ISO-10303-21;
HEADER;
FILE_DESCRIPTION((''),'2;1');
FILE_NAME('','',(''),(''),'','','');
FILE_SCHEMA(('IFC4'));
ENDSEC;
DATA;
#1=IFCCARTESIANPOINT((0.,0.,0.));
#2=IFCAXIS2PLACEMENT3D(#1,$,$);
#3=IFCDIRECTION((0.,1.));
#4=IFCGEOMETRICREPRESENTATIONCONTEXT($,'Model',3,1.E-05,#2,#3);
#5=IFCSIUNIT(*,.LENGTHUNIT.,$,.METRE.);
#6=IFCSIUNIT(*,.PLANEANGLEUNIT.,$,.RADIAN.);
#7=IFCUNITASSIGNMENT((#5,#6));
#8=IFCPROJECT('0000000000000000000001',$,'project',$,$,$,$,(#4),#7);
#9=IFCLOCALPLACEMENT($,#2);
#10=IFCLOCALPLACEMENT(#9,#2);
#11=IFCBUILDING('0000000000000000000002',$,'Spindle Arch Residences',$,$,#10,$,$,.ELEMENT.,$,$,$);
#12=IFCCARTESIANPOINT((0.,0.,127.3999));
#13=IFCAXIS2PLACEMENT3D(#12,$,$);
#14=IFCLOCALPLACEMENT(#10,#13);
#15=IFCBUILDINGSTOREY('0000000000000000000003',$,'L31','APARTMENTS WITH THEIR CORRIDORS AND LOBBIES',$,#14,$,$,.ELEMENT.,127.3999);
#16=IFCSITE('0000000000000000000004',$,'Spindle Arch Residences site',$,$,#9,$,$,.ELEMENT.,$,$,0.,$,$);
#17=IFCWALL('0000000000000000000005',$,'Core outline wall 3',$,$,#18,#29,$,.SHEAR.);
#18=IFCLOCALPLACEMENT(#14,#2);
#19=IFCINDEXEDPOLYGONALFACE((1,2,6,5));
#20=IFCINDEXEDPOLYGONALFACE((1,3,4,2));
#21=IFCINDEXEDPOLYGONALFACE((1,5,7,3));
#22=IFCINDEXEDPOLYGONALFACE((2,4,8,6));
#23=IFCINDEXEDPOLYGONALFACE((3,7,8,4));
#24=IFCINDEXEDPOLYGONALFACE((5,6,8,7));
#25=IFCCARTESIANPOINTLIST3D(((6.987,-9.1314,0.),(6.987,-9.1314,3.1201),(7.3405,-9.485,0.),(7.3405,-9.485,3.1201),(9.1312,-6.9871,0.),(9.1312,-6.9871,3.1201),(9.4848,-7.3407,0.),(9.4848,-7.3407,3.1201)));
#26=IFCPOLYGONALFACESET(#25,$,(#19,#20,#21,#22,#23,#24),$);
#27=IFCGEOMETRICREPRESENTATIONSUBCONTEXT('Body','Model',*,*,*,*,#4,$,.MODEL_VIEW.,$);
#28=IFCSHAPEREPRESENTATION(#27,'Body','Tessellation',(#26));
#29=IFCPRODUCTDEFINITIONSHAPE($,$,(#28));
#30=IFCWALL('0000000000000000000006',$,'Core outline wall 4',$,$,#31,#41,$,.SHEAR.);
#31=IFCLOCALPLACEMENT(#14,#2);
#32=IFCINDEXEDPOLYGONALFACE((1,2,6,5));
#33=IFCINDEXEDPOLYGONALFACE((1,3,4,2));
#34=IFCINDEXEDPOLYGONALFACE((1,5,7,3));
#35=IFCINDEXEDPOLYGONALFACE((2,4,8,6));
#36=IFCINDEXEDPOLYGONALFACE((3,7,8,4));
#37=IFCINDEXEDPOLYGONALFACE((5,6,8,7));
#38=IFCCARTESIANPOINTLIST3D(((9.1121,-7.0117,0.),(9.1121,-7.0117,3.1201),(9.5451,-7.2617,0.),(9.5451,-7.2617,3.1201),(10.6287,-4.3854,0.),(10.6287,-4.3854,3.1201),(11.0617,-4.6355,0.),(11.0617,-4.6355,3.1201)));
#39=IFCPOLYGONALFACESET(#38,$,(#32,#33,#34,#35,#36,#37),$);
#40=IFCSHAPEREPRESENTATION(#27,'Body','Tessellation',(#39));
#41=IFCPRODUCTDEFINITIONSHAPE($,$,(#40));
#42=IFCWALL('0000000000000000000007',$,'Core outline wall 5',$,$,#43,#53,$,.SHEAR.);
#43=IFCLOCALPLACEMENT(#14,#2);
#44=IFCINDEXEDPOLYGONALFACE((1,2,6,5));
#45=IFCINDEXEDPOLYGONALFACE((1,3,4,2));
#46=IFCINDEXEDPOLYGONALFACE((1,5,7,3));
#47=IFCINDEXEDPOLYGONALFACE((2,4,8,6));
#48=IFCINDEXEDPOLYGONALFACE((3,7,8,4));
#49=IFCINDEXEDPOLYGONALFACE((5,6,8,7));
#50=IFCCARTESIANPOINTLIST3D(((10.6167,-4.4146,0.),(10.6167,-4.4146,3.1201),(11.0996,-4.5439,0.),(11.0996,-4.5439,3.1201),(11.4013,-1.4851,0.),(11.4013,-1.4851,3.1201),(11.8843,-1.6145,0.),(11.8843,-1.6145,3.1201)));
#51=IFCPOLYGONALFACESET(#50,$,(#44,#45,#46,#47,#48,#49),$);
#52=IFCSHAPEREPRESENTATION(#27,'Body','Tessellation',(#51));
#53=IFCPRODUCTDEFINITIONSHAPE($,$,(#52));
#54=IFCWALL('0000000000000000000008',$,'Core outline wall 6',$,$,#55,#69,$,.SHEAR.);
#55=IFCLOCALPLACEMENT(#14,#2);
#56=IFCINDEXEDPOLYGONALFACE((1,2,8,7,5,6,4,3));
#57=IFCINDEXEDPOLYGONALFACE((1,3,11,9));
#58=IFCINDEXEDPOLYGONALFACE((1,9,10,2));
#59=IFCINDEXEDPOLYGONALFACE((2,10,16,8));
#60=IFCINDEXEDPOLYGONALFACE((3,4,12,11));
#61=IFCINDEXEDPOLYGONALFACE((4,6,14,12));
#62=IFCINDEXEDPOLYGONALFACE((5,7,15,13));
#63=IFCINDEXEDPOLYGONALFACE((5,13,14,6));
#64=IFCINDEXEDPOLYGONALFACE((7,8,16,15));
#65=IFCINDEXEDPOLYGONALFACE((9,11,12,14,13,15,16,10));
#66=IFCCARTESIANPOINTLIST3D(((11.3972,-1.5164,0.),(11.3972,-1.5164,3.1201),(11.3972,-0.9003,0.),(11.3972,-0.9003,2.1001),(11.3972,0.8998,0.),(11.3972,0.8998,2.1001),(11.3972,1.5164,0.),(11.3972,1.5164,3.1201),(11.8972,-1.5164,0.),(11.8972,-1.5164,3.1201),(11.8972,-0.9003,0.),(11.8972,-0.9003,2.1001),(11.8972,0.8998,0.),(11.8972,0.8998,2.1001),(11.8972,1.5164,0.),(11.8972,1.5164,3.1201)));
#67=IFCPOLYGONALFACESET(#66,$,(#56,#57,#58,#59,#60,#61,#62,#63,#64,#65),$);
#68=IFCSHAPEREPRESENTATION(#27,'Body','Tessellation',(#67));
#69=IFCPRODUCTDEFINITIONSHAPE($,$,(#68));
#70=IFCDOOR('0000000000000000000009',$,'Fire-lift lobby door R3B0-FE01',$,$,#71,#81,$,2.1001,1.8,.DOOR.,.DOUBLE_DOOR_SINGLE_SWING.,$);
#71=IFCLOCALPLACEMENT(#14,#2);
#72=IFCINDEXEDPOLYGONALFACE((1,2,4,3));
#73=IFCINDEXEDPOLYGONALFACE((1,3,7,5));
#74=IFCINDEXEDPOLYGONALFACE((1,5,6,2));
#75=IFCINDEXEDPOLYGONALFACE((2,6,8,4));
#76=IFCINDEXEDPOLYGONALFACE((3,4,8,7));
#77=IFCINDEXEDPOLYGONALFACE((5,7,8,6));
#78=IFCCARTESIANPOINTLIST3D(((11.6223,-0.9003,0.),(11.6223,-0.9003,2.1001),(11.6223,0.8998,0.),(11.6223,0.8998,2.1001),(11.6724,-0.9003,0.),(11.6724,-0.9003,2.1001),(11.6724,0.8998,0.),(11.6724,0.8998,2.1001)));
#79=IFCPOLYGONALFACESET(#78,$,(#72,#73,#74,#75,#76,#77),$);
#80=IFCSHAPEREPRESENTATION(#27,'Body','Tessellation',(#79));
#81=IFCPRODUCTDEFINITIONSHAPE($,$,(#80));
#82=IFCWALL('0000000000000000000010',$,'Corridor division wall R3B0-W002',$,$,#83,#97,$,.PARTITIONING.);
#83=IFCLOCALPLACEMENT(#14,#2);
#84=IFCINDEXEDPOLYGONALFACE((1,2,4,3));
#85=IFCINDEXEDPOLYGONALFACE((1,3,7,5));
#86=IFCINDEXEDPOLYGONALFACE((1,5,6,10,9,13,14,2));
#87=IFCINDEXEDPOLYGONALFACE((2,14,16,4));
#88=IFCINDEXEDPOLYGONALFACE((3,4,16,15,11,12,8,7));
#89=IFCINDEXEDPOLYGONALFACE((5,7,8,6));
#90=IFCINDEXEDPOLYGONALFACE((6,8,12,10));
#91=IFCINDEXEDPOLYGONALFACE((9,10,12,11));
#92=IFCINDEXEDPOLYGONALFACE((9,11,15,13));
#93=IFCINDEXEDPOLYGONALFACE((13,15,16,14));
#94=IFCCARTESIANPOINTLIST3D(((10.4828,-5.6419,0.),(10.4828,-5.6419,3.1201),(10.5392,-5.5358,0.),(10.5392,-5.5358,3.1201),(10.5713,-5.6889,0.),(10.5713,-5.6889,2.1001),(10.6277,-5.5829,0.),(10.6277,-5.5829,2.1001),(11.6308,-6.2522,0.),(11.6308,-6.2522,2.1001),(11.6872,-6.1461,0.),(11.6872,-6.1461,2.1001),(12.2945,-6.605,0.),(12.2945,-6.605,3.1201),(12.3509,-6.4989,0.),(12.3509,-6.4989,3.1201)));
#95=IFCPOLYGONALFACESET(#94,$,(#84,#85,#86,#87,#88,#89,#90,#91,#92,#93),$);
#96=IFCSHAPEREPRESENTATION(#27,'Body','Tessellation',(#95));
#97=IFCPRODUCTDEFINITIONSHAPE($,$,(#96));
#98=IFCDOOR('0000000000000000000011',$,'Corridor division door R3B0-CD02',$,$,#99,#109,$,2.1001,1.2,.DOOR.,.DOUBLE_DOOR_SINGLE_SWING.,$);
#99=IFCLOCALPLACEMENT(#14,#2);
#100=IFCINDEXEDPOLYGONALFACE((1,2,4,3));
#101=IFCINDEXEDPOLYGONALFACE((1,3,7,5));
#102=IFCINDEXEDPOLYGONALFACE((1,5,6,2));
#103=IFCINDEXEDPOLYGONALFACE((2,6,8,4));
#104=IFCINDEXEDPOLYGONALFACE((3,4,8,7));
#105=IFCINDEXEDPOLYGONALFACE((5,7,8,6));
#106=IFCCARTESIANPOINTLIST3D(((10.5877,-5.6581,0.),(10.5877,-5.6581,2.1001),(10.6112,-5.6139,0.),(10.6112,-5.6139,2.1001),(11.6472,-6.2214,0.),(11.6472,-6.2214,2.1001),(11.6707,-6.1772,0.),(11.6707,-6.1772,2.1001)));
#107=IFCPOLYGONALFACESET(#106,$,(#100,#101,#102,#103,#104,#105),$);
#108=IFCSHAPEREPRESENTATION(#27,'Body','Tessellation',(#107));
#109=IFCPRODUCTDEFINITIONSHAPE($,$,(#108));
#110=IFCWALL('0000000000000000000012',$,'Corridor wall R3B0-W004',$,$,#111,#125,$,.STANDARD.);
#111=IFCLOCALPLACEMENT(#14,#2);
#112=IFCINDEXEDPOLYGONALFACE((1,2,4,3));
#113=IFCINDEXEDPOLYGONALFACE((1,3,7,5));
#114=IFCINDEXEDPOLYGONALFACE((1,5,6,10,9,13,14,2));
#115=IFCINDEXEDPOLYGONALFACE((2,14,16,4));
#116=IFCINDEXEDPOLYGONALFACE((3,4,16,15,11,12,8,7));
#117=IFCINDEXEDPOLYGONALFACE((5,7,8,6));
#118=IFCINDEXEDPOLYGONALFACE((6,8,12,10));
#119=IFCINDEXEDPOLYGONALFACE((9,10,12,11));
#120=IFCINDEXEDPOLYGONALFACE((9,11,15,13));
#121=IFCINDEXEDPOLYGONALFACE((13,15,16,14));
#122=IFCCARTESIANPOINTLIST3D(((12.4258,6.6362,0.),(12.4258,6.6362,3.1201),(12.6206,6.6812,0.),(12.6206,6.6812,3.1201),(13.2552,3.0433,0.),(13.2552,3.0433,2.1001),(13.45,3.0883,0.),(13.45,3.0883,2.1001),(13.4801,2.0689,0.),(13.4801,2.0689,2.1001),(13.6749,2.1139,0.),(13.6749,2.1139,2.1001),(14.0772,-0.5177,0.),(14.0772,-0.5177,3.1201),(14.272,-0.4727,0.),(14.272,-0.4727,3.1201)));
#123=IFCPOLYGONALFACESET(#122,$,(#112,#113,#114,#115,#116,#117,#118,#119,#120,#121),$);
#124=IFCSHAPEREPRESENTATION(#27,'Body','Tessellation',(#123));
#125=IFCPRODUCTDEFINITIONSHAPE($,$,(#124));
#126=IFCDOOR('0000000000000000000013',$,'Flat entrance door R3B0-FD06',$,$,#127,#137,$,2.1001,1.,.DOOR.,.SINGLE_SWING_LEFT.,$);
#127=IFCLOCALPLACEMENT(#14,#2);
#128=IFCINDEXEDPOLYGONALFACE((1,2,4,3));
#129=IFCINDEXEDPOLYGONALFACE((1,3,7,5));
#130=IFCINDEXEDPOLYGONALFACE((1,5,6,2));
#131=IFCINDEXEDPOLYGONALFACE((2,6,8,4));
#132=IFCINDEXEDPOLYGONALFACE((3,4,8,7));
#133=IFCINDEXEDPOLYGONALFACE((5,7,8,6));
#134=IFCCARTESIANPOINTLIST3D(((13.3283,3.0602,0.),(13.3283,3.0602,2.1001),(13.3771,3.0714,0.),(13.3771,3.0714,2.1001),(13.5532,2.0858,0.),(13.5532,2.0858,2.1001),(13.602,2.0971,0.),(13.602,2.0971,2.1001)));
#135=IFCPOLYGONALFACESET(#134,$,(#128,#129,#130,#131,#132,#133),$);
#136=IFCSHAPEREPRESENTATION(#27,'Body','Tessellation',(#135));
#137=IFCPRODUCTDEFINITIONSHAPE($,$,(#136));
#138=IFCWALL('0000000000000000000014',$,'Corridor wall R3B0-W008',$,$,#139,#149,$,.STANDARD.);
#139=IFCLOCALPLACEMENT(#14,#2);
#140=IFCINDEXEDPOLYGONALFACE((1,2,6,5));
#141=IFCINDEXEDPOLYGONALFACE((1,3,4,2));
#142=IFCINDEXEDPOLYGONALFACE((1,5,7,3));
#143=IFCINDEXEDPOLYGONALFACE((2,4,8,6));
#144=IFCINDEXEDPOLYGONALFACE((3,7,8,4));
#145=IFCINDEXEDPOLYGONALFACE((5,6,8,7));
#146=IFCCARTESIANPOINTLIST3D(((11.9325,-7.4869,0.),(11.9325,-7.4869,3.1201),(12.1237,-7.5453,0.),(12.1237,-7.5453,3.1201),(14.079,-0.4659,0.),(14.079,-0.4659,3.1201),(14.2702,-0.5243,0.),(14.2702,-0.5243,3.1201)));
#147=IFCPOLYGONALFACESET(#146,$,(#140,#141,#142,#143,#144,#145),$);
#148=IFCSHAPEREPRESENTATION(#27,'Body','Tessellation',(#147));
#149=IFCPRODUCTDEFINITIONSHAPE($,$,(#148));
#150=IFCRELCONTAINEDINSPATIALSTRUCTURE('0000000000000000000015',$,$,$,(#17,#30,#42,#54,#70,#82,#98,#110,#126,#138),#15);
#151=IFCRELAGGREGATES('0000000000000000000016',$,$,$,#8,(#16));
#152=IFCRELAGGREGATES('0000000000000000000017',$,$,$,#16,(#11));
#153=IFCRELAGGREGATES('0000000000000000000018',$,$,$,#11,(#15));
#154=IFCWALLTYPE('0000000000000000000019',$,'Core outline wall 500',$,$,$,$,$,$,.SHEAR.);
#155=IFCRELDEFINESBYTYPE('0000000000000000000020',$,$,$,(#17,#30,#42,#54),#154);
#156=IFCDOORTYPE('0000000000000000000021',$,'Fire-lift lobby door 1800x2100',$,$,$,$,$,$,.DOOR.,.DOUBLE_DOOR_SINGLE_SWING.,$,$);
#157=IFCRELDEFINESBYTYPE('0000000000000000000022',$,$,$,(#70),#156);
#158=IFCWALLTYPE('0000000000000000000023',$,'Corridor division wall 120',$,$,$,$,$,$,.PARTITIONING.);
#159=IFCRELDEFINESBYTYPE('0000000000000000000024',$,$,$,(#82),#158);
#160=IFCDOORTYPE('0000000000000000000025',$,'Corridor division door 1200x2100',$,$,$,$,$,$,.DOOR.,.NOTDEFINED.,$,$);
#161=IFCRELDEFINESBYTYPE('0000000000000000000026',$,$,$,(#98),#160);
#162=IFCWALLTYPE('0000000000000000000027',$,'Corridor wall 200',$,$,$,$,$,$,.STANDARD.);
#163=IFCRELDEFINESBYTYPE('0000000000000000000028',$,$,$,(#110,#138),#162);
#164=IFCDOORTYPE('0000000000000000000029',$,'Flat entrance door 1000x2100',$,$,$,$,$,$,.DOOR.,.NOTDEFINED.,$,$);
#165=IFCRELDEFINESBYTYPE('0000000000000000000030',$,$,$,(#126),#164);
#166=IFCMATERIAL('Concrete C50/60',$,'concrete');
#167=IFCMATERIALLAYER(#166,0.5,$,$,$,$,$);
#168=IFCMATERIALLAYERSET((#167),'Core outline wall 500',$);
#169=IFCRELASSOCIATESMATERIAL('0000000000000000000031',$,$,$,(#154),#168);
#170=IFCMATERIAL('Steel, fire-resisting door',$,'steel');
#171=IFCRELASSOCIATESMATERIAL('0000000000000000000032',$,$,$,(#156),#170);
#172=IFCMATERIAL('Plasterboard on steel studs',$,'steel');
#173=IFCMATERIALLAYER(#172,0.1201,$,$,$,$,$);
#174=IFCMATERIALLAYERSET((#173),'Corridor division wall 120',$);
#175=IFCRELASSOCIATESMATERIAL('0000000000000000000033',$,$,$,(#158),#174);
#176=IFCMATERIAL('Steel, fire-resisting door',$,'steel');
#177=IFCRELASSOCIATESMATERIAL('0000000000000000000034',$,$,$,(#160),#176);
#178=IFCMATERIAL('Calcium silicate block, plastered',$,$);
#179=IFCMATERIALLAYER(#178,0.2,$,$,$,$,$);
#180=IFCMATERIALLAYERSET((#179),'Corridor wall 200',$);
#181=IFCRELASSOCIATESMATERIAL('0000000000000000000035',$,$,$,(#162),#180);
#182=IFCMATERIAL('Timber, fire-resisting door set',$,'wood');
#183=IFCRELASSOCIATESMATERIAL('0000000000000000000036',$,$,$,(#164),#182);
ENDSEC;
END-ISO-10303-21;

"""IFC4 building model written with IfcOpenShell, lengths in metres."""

from ifc_helpers import new_model, si_unit, direction, frame, frame_2d, origin, place, context, subcontext, project, spatial, rectangle, extrude, material, layer, layer_set, type_object, element, fill, save


model = new_model("IFC4")

# Units and contexts
model_context = context("Model", 3, precision=1e-05, world=origin(), true_north=direction((0.0, 1.0)))
body_context = subcontext(model_context, "Body", "Model", "MODEL_VIEW")
ifc_project = project(units=[si_unit("LENGTHUNIT", "METRE"), si_unit("PLANEANGLEUNIT", "RADIAN")], contexts=[model_context])

# Site, building, storey
site_placement = place(None, origin())
site = spatial("IfcSite", under=ifc_project, at=site_placement, Name="Spindle Arch Residences site", CompositionType="ELEMENT", RefElevation=0.0)
building_placement = place(site_placement, origin())
building = spatial("IfcBuilding", under=site, at=building_placement, Name="Spindle Arch Residences", CompositionType="ELEMENT")
storey_placement = place(building_placement, frame((0.0, 0.0, 127.3999)))
storey = spatial("IfcBuildingStorey", under=building, at=storey_placement, Name="L31", Description="APARTMENTS WITH THEIR CORRIDORS AND LOBBIES", CompositionType="ELEMENT", Elevation=127.3999)

# Walls
ifc_material_1 = material(Name="Concrete C50/60", Category="concrete")
ifc_layer_1 = layer(ifc_material_1, 0.5)
ifc_layer_set_1 = layer_set([ifc_layer_1], Name="Core outline wall 500")
wall_type_1 = type_object("IfcWallType", Name="Core outline wall 500", PredefinedType="SHEAR", material=ifc_layer_set_1)
wall_1_placement = place(storey_placement, frame((7.1638, -9.3081, 0.0), z_axis=(0.0, 0.0, 1.0), x_axis=(0.707107, 0.707107, 0.0)))
element("IfcWall", 1, at=wall_1_placement, inside=storey, type_object=wall_type_1, Name="Core outline wall 3", PredefinedType="SHEAR", context=body_context, shape_type="SweptSolid", body=[
    extrude(rectangle(XDim=3.0325, YDim=0.5, at=frame_2d((1.5161, 0.0))), origin(), (0.0, 0.0, 1.0), 3.1201),
])
for number, where, z_axis, x_axis, name in (
    (2, (9.3286, -7.1367, 0.0), (0.0, 0.0, 1.0), (0.500087, 0.865975, 0.0), "Core outline wall 4"),
    (3, (10.8582, -4.4792, 0.0), (0.0, 0.0, 1.0), (0.258735, 0.965948, 0.0), "Core outline wall 5"),
):
    element("IfcWall", number, at=place(storey_placement, frame(where, z_axis=z_axis, x_axis=x_axis)), inside=storey, type_object=wall_type_1, Name=name, PredefinedType="SHEAR", context=body_context, shape_type="SweptSolid", body=[
        extrude(rectangle(XDim=3.0327, YDim=0.5, at=frame_2d((1.5164, 0.0))), origin(), (0.0, 0.0, 1.0), 3.1201),
    ])

# Walls, openings, doors
wall_2_placement = place(storey_placement, frame((11.6472, -1.5164, 0.0), z_axis=(0.0, 0.0, 1.0), x_axis=(0.0, 1.0, 0.0)))
wall_2 = element("IfcWall", 4, at=wall_2_placement, inside=storey, type_object=wall_type_1, Name="Core outline wall 6", PredefinedType="SHEAR", context=body_context, shape_type="SweptSolid", body=[
    extrude(rectangle(XDim=3.0327, YDim=0.5, at=frame_2d((1.5164, 0.0))), origin(), (0.0, 0.0, 1.0), 3.1201),
])
opening_1_placement = place(wall_2_placement, frame((0.6162, 0.0, 0.0)))
opening_1 = element("IfcOpeningElement", 5, at=opening_1_placement, cuts=wall_2, PredefinedType="OPENING", context=body_context, shape_type="SweptSolid", body=[
    extrude(rectangle(XDim=1.8, YDim=2.1001, at=frame_2d((0.8999, 1.05))), frame((0.0, 0.26, 0.0), z_axis=(0.0, -1.0, 0.0), x_axis=(1.0, 0.0, 0.0)), (0.0, 0.0, 1.0), 0.52),
])
ifc_material_2 = material(Name="Steel, fire-resisting door", Category="steel")
door_type_1 = type_object("IfcDoorType", Name="Fire-lift lobby door 1800x2100", OperationType="DOUBLE_DOOR_SINGLE_SWING", PredefinedType="DOOR", material=ifc_material_2)
door_1_placement = place(opening_1_placement, origin())
door_1 = element("IfcDoor", 6, at=door_1_placement, inside=storey, type_object=door_type_1, Name="Fire-lift lobby door R3B0-FE01", OperationType="DOUBLE_DOOR_SINGLE_SWING", OverallHeight=2.1001, OverallWidth=1.8, PredefinedType="DOOR", context=body_context, shape_type="SweptSolid", body=[
    extrude(rectangle(XDim=1.8, YDim=2.1001, at=frame_2d((0.8999, 1.05))), frame((0.0, 0.0249, 0.0), z_axis=(0.0, -1.0, 0.0), x_axis=(1.0, 0.0, 0.0)), (0.0, 0.0, 1.0), 0.05),
])
fill(opening_1, door_1)
ifc_material_3 = material(Name="Plasterboard on steel studs", Category="steel")
ifc_layer_2 = layer(ifc_material_3, 0.1201)
ifc_layer_set_2 = layer_set([ifc_layer_2], Name="Corridor division wall 120")
wall_type_2 = type_object("IfcWallType", Name="Corridor division wall 120", PredefinedType="PARTITIONING", material=ifc_layer_set_2)
wall_3_placement = place(storey_placement, frame((10.511, -5.5889, 0.0), z_axis=(0.0, 0.0, 1.0), x_axis=(0.882988, -0.469396, 0.0)))
wall_3 = element("IfcWall", 7, at=wall_3_placement, inside=storey, type_object=wall_type_2, Name="Corridor division wall R3B0-W002", PredefinedType="PARTITIONING", context=body_context, shape_type="SweptSolid", body=[
    extrude(rectangle(XDim=2.0518, YDim=0.1201, at=frame_2d((1.0259, 0.0))), origin(), (0.0, 0.0, 1.0), 3.1201),
])
opening_2_placement = place(wall_3_placement, frame((0.1001, 0.0, 0.0)))
opening_2 = element("IfcOpeningElement", 8, at=opening_2_placement, cuts=wall_3, PredefinedType="OPENING", context=body_context, shape_type="SweptSolid", body=[
    extrude(rectangle(XDim=1.2, YDim=2.1001, at=frame_2d((0.6001, 1.05))), frame((0.0, 0.0701, 0.0), z_axis=(0.0, -1.0, 0.0), x_axis=(1.0, 0.0, 0.0)), (0.0, 0.0, 1.0), 0.1401),
])
ifc_material_4 = material(Name="Steel, fire-resisting door", Category="steel")
door_type_2 = type_object("IfcDoorType", Name="Corridor division door 1200x2100", OperationType="NOTDEFINED", PredefinedType="DOOR", material=ifc_material_4)
door_2_placement = place(opening_2_placement, origin())
door_2 = element("IfcDoor", 9, at=door_2_placement, inside=storey, type_object=door_type_2, Name="Corridor division door R3B0-CD02", OperationType="DOUBLE_DOOR_SINGLE_SWING", OverallHeight=2.1001, OverallWidth=1.2, PredefinedType="DOOR", context=body_context, shape_type="SweptSolid", body=[
    extrude(rectangle(XDim=1.2, YDim=2.1001, at=frame_2d((0.6001, 1.05))), frame((0.0, 0.0249, 0.0), z_axis=(0.0, -1.0, 0.0), x_axis=(1.0, 0.0, 0.0)), (0.0, 0.0, 1.0), 0.05),
])
fill(opening_2, door_2)
ifc_material_5 = material(Name="Calcium silicate block, plastered")
ifc_layer_3 = layer(ifc_material_5, 0.2)
ifc_layer_set_3 = layer_set([ifc_layer_3], Name="Corridor wall 200")
wall_type_3 = type_object("IfcWallType", Name="Corridor wall 200", PredefinedType="STANDARD", material=ifc_layer_set_3)
wall_4_placement = place(storey_placement, frame((14.1746, -0.4951, 0.0), z_axis=(0.0, 0.0, 1.0), x_axis=(-0.224923, 0.974377, 0.0)))
wall_4 = element("IfcWall", 10, at=wall_4_placement, inside=storey, type_object=wall_type_3, Name="Corridor wall R3B0-W004", PredefinedType="STANDARD", context=body_context, shape_type="SweptSolid", body=[
    extrude(rectangle(XDim=7.342, YDim=0.2, at=frame_2d((3.6709, 0.0))), origin(), (0.0, 0.0, 1.0), 3.1201),
])
opening_3_placement = place(wall_4_placement, frame((2.6545, 0.0, 0.0)))
opening_3 = element("IfcOpeningElement", 11, at=opening_3_placement, cuts=wall_4, PredefinedType="OPENING", context=body_context, shape_type="SweptSolid", body=[
    extrude(rectangle(XDim=1.0, YDim=2.1001, at=frame_2d((0.5, 1.05))), frame((0.0, 0.1099, 0.0), z_axis=(0.0, -1.0, 0.0), x_axis=(1.0, 0.0, 0.0)), (0.0, 0.0, 1.0), 0.22),
])
ifc_material_6 = material(Name="Timber, fire-resisting door set", Category="wood")
door_type_3 = type_object("IfcDoorType", Name="Flat entrance door 1000x2100", OperationType="NOTDEFINED", PredefinedType="DOOR", material=ifc_material_6)
door_3_placement = place(opening_3_placement, origin())
door_3 = element("IfcDoor", 12, at=door_3_placement, inside=storey, type_object=door_type_3, Name="Flat entrance door R3B0-FD06", OperationType="SINGLE_SWING_LEFT", OverallHeight=2.1001, OverallWidth=1.0, PredefinedType="DOOR", context=body_context, shape_type="SweptSolid", body=[
    extrude(rectangle(XDim=1.0, YDim=2.1001, at=frame_2d((0.5, 1.05))), frame((0.0, 0.0249, 0.0), z_axis=(0.0, -1.0, 0.0), x_axis=(1.0, 0.0, 0.0)), (0.0, 0.0, 1.0), 0.05),
])
fill(opening_3, door_3)

# Wall
wall_5_placement = place(storey_placement, frame((12.0281, -7.5161, 0.0), z_axis=(0.0, 0.0, 1.0), x_axis=(0.292366, 0.956307, 0.0)))
element("IfcWall", 13, at=wall_5_placement, inside=storey, type_object=wall_type_3, Name="Corridor wall R3B0-W008", PredefinedType="STANDARD", context=body_context, shape_type="SweptSolid", body=[
    extrude(rectangle(XDim=7.3418, YDim=0.2, at=frame_2d((3.6709, 0.0))), origin(), (0.0, 0.0, 1.0), 3.1201),
])

save(model, "model.ifc")
